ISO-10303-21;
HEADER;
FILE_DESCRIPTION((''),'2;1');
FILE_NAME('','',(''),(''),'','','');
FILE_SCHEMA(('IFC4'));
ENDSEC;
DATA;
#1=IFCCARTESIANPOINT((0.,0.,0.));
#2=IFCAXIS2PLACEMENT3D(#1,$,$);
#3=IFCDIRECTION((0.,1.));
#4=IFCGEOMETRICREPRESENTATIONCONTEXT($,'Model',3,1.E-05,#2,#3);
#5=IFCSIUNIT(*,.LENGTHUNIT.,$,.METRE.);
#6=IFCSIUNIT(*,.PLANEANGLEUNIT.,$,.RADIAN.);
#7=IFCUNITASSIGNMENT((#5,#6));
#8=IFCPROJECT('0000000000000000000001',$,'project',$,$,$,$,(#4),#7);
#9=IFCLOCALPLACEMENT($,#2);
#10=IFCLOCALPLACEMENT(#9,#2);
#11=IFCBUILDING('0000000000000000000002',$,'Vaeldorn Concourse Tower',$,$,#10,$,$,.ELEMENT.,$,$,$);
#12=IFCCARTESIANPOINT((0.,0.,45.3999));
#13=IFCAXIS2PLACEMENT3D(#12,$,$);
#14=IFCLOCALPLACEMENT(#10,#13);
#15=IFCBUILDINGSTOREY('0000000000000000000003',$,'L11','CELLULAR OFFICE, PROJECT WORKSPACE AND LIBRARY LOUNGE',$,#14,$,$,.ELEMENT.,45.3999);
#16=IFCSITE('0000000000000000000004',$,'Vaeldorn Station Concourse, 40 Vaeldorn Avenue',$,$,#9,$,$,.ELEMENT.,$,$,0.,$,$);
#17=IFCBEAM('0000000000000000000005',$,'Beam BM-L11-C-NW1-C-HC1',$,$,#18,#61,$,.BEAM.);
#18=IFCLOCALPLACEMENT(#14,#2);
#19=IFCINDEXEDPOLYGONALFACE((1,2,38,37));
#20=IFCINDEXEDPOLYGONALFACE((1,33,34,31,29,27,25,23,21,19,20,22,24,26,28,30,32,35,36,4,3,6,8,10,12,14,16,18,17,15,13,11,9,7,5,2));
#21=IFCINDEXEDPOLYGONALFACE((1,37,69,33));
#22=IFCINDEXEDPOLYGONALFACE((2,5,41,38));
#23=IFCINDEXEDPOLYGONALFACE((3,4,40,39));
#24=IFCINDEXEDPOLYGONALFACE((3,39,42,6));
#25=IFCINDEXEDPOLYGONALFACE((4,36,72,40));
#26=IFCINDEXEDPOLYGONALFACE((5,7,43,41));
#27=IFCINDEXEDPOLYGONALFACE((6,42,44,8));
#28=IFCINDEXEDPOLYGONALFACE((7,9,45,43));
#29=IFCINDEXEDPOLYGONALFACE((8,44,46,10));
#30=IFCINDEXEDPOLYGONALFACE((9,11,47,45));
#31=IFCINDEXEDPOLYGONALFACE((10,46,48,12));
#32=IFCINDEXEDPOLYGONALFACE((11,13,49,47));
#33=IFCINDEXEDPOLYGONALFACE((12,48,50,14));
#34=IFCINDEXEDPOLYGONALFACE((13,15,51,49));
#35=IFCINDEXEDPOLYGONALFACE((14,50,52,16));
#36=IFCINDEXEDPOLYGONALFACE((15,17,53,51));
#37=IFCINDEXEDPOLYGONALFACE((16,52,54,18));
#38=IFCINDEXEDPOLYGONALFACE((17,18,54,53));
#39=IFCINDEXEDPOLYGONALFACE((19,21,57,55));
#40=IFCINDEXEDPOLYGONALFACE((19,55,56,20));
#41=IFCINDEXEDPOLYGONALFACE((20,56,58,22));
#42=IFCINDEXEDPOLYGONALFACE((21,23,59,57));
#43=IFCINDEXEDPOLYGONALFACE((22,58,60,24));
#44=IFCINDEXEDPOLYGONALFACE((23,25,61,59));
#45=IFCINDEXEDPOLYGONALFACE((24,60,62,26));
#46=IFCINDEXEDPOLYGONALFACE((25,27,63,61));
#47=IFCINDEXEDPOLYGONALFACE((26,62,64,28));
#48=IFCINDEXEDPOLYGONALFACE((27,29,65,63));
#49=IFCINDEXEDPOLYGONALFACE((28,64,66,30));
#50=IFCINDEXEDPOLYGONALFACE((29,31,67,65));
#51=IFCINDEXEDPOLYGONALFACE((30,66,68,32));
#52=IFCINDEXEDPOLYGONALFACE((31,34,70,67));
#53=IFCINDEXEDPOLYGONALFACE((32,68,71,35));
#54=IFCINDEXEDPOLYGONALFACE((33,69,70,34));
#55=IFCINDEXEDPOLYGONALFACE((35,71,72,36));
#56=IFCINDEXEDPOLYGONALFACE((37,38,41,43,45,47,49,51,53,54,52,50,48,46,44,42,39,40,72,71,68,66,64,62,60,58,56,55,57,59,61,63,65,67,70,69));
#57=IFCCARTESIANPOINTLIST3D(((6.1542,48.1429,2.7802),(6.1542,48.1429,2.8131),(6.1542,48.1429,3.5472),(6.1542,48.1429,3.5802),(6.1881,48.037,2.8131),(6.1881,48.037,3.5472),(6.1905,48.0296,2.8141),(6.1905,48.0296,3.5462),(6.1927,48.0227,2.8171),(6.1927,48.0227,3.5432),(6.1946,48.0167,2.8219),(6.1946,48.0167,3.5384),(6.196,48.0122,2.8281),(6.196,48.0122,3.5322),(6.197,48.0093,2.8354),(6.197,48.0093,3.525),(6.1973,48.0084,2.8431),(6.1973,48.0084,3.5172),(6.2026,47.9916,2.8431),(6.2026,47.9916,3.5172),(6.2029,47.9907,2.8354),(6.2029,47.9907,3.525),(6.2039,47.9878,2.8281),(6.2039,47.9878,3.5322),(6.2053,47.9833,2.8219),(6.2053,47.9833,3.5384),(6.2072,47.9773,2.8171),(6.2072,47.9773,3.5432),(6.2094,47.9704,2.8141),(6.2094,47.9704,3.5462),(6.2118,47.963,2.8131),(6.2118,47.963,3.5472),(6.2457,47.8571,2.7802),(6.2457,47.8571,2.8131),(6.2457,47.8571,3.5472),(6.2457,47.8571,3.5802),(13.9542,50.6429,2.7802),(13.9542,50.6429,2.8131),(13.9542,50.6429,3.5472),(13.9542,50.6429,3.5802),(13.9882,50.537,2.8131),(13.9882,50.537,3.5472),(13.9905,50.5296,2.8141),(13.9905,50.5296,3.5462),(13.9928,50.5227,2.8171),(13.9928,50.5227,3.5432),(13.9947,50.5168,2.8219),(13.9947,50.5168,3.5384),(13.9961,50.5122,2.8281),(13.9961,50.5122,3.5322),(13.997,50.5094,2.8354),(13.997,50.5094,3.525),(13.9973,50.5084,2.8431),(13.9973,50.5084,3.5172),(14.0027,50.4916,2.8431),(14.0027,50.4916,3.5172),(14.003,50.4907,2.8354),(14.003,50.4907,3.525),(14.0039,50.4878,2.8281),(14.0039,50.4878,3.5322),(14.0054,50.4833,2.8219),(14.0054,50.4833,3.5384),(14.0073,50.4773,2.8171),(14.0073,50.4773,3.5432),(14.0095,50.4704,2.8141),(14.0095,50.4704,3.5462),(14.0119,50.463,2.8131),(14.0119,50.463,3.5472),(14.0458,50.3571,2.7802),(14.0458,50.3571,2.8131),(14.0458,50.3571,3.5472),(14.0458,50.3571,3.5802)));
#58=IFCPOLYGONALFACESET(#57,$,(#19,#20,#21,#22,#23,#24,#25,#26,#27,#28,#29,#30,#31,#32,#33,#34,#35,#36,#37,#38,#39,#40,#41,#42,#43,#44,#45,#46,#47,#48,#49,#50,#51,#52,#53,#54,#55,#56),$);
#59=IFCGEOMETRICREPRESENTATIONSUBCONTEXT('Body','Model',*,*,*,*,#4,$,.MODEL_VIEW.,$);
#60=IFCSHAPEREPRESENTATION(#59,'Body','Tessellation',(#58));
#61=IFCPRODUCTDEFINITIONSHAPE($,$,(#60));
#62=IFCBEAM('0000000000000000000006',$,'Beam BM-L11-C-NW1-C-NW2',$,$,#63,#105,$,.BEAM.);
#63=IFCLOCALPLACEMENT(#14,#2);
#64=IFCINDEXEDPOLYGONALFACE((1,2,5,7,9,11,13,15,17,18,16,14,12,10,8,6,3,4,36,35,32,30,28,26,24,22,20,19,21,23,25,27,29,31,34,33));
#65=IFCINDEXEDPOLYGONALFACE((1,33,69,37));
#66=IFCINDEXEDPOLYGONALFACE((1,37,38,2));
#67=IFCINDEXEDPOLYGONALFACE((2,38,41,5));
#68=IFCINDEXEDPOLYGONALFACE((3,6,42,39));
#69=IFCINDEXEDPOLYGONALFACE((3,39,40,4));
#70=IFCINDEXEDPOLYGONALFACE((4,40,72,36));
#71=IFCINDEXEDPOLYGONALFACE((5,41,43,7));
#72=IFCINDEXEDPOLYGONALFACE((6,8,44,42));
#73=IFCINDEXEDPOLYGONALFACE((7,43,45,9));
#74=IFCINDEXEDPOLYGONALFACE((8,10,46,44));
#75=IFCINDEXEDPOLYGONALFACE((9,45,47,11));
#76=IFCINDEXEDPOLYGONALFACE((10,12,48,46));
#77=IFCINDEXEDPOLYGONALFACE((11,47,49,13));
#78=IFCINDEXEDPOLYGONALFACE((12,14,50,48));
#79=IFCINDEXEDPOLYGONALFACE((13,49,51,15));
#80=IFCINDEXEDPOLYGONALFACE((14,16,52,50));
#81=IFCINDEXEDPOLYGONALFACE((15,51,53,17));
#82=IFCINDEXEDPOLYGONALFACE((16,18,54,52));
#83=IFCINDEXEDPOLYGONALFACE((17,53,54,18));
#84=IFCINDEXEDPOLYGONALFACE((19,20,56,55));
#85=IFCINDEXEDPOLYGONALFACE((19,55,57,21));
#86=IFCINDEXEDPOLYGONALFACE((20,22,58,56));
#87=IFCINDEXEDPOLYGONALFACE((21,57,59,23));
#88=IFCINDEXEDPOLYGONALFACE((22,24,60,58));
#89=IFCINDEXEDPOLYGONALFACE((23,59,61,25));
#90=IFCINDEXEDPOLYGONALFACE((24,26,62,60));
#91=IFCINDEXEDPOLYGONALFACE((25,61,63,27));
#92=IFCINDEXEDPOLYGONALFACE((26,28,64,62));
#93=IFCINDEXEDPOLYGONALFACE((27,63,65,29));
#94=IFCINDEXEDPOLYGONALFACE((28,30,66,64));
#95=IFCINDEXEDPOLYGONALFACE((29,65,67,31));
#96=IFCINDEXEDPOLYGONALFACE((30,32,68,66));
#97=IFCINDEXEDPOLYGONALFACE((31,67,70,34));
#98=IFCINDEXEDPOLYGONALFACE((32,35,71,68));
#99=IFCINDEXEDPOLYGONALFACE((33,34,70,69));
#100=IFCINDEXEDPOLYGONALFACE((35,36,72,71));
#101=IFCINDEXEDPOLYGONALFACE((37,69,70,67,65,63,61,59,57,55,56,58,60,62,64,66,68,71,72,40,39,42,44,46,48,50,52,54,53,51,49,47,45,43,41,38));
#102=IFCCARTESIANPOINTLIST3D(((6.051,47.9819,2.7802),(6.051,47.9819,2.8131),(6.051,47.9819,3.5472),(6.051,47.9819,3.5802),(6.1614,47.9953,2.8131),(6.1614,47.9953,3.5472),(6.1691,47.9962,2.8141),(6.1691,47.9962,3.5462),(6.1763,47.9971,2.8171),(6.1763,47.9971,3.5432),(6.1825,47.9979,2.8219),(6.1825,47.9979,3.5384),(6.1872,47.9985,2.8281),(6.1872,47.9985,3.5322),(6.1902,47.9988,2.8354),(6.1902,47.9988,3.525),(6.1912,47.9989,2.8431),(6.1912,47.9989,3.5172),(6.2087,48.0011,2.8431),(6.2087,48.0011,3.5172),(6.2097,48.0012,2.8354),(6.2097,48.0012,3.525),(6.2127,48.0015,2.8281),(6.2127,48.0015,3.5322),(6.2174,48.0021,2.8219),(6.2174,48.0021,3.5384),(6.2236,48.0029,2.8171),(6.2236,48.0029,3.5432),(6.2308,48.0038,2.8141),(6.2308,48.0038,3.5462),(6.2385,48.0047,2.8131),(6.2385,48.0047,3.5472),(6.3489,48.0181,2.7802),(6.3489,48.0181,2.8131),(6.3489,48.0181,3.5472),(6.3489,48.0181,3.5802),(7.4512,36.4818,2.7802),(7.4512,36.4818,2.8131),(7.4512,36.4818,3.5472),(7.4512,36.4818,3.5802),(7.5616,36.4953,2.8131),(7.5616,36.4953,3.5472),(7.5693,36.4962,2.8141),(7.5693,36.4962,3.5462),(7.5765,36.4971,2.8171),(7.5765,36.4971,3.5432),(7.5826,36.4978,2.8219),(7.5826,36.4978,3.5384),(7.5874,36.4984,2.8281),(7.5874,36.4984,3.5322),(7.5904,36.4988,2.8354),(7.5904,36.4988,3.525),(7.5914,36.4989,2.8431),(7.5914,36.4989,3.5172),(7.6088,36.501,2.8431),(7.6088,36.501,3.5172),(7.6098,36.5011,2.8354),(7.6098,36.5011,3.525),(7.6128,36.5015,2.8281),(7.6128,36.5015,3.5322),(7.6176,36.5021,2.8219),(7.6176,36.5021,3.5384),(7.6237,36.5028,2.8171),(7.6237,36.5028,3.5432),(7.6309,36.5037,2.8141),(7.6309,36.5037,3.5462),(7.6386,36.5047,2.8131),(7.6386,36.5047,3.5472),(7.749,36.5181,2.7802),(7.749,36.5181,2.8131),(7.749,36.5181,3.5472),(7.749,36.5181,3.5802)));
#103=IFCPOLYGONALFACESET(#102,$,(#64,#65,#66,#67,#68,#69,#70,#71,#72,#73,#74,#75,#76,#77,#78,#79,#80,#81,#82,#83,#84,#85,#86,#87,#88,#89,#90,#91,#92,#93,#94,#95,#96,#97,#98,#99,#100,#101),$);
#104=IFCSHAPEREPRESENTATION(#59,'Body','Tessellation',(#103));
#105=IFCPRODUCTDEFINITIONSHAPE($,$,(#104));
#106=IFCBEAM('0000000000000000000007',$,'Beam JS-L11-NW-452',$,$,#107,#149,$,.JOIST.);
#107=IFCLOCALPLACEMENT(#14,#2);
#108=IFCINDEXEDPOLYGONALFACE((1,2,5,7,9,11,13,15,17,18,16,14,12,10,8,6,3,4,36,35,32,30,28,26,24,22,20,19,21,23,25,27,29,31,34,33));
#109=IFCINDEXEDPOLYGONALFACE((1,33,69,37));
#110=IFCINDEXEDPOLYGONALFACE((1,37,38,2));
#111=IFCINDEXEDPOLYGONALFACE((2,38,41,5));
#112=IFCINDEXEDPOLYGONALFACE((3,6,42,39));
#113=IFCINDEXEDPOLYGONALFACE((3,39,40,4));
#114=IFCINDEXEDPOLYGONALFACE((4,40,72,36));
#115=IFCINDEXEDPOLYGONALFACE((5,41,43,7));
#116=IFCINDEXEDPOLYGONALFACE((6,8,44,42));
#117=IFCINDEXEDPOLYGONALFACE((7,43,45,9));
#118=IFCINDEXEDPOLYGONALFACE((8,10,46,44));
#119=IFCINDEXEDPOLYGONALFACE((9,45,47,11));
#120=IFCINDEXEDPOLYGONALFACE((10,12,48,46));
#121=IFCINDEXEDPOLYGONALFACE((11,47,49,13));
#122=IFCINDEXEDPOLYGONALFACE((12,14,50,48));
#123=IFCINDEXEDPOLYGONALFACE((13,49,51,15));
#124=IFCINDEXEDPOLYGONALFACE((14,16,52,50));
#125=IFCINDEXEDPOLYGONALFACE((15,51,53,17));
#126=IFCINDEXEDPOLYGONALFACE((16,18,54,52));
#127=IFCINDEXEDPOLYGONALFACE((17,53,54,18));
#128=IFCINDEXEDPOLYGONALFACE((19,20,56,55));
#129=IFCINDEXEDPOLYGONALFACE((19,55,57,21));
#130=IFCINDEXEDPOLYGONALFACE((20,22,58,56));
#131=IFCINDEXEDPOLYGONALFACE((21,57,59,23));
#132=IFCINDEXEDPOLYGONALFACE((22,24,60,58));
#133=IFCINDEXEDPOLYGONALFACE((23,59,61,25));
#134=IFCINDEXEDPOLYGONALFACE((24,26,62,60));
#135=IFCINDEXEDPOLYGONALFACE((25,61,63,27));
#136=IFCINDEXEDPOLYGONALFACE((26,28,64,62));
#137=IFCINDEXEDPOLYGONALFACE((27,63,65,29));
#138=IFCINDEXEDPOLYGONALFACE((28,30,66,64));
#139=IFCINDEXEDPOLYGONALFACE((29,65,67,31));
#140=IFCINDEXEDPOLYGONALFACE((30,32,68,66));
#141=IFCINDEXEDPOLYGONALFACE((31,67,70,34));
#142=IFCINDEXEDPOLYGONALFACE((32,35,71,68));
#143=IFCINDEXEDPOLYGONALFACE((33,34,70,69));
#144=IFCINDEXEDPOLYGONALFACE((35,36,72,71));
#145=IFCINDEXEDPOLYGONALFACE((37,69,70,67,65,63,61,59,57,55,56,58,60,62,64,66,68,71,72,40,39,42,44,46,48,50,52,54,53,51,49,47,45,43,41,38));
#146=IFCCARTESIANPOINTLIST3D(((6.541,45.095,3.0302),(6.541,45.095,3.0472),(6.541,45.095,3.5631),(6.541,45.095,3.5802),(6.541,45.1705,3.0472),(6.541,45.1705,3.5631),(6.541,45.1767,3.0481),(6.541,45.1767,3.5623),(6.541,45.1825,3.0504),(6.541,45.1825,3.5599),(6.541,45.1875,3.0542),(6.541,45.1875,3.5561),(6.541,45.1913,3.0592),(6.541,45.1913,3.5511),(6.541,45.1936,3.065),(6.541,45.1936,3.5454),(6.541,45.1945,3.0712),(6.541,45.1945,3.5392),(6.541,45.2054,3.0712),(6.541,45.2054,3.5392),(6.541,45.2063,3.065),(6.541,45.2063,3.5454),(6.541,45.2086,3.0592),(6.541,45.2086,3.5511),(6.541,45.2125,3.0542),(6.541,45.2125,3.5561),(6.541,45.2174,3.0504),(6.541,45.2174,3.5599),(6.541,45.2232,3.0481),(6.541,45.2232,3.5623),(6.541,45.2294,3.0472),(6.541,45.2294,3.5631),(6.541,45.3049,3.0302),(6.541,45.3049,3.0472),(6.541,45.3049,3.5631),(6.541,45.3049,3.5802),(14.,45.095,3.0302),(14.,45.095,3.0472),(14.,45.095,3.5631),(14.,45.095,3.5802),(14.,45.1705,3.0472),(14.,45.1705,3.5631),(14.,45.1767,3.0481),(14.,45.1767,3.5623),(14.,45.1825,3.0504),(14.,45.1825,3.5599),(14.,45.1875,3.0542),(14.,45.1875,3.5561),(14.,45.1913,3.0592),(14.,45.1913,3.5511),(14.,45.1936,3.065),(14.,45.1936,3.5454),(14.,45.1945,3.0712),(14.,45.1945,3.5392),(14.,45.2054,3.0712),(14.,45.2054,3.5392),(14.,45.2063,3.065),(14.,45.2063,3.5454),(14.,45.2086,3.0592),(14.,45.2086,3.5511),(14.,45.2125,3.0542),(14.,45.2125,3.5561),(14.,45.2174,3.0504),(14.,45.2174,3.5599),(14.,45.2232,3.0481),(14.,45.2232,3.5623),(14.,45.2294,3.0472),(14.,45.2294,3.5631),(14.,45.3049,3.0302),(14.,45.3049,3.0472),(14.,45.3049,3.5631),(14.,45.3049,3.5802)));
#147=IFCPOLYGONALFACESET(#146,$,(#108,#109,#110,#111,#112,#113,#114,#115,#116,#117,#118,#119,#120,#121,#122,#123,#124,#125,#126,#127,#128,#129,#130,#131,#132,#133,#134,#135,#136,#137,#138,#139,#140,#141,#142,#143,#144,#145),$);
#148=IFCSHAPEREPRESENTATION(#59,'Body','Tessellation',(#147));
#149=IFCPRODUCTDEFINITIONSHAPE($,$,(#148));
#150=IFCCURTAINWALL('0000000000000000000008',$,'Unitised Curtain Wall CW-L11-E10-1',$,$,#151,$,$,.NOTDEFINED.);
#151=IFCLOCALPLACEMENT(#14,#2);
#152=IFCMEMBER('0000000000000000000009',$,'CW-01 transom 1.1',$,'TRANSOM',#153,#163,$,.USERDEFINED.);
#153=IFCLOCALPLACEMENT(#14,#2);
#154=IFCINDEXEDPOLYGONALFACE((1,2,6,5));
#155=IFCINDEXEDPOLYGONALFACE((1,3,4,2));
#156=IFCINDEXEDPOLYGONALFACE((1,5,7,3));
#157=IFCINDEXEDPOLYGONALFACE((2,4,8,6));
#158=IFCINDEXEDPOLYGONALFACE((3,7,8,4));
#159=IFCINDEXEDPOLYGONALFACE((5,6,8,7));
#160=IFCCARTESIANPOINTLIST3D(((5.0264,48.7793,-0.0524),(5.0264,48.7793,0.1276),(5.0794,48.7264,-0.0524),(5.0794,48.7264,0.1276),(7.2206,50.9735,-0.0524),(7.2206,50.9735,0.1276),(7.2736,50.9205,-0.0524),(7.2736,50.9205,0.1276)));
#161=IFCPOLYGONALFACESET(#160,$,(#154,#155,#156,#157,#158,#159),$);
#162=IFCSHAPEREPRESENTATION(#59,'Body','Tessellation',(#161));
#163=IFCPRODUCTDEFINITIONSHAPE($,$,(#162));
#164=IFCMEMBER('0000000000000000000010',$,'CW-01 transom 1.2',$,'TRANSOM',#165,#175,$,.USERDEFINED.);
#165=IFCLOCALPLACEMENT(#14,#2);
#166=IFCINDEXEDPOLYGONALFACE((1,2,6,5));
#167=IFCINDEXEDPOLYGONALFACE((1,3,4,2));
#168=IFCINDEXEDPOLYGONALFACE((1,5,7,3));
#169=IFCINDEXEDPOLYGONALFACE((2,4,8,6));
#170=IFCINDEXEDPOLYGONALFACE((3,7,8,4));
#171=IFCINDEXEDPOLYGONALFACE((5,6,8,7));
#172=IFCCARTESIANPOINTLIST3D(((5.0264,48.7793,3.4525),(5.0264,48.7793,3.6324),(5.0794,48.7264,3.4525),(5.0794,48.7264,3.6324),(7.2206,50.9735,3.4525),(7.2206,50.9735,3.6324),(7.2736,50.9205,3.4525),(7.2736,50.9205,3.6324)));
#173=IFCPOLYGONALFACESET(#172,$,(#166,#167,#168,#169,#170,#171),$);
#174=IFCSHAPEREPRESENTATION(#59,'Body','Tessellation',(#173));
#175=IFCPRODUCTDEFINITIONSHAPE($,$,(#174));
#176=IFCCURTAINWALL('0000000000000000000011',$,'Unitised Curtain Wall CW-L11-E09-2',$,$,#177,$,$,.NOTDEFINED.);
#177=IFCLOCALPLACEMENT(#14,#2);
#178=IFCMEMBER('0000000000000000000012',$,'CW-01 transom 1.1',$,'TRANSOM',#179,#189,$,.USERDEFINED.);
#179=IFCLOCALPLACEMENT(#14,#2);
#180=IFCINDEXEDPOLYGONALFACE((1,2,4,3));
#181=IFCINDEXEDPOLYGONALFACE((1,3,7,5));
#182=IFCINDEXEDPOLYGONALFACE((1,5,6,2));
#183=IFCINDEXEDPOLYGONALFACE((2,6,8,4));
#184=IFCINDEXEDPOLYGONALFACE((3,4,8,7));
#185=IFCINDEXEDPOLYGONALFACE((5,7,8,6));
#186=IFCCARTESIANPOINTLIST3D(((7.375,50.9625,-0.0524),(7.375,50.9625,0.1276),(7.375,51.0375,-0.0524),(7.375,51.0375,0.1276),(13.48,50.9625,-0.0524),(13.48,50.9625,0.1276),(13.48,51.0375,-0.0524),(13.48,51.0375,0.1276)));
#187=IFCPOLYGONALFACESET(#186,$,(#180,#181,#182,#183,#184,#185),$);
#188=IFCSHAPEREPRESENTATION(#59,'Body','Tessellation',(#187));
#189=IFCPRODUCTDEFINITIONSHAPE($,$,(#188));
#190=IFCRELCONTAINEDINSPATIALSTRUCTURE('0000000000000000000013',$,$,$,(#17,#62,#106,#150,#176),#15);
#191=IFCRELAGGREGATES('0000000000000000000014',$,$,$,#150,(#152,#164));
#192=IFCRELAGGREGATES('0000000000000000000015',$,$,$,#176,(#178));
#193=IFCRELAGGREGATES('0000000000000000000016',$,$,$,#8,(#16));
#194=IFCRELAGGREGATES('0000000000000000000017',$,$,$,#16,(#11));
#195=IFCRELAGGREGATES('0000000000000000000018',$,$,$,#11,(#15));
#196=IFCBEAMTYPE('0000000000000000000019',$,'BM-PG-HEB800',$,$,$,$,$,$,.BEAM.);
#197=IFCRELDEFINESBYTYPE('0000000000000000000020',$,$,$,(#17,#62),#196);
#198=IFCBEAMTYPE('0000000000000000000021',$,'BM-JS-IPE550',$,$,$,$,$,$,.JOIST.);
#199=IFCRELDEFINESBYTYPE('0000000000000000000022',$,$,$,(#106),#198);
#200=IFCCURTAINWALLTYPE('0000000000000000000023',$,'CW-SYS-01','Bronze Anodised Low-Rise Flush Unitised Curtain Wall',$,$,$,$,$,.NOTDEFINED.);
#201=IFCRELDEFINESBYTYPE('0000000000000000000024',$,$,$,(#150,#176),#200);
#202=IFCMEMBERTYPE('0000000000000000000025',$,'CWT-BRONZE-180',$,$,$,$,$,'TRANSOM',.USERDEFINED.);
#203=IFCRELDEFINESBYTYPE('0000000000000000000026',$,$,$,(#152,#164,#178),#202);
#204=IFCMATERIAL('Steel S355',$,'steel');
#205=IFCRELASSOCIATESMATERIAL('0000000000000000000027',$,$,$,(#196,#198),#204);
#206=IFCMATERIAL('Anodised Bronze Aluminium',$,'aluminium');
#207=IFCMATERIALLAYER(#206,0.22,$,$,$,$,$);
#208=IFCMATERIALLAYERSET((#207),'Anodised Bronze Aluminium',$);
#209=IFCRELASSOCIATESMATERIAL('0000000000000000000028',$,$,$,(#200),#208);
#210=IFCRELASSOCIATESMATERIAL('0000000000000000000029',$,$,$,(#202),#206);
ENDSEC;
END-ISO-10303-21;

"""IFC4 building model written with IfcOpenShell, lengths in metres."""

from ifc_helpers import new_model, si_unit, direction, frame, origin, origin_2d, place, context, subcontext, project, spatial, rectangle, i_section, extrude, source, transform, mapped, material, layer, layer_set, material_profile, profile_set, type_object, element, aggregate, save


model = new_model("IFC4")

# Units and contexts
model_context = context("Model", 3, precision=1e-05, world=origin(), true_north=direction((0.0, 1.0)))
body_context = subcontext(model_context, "Body", "Model", "MODEL_VIEW")
ifc_project = project(units=[si_unit("LENGTHUNIT", "METRE"), si_unit("PLANEANGLEUNIT", "RADIAN")], contexts=[model_context])

# Site, building, storey
site_placement = place(None, origin())
site = spatial("IfcSite", under=ifc_project, at=site_placement, Name="Vaeldorn Station Concourse, 40 Vaeldorn Avenue", CompositionType="ELEMENT", RefElevation=0.0)
building_placement = place(site_placement, origin())
building = spatial("IfcBuilding", under=site, at=building_placement, Name="Vaeldorn Concourse Tower", CompositionType="ELEMENT")
storey_placement = place(building_placement, frame((0.0, 0.0, 45.3999)))
storey = spatial("IfcBuildingStorey", under=building, at=storey_placement, Name="L11", Description="CELLULAR OFFICE, PROJECT WORKSPACE AND LIBRARY LOUNGE", CompositionType="ELEMENT", Elevation=45.3999)

# Beams
ifc_material_1 = material(Name="Steel S355", Category="steel")
ifc_material_profile_1 = material_profile(ifc_material_1, i_section(OverallWidth=0.3, OverallDepth=0.8, WebThickness=0.0176, FlangeThickness=0.033, FilletRadius=0.03, at=origin_2d()), Name="HEB 800")
ifc_profile_set_1 = profile_set([ifc_material_profile_1], Name="Steel S355")
beam_type_1 = type_object("IfcBeamType", Name="BM-PG-HEB800", PredefinedType="BEAM", material=ifc_profile_set_1)
shared_shape_1 = source(origin(), body_context, "Body", "SweptSolid", [
    extrude(i_section(OverallWidth=0.3, OverallDepth=0.8, WebThickness=0.0176, FlangeThickness=0.033, FilletRadius=0.03, at=origin_2d()), origin(), (0.0, 0.0, 1.0), 8.1909),
])
beam_1_placement = place(storey_placement, frame((6.2, 48.0, 3.1802), z_axis=(0.952283, 0.305217, 0.0), x_axis=(-0.305217, 0.952283, 0.0)))
element("IfcBeam", 1, at=beam_1_placement, inside=storey, type_object=beam_type_1, Name="Beam BM-L11-C-NW1-C-HC1", PredefinedType="BEAM", context=body_context, shape_type="MappedRepresentation", body=[
    mapped(shared_shape_1, transform((0.0, 0.0, 0.0), scale=1.0)),
])
shared_shape_2 = source(origin(), body_context, "Body", "SweptSolid", [
    extrude(i_section(OverallWidth=0.3, OverallDepth=0.8, WebThickness=0.0176, FlangeThickness=0.033, FilletRadius=0.03, at=origin_2d()), origin(), (0.0, 0.0, 1.0), 11.585),
])
beam_2_placement = place(storey_placement, frame((6.2, 48.0, 3.1802), z_axis=(0.120859, -0.99267, 0.0), x_axis=(0.99267, 0.120859, 0.0)))
element("IfcBeam", 2, at=beam_2_placement, inside=storey, type_object=beam_type_1, Name="Beam BM-L11-C-NW1-C-NW2", PredefinedType="BEAM", context=body_context, shape_type="MappedRepresentation", body=[
    mapped(shared_shape_2, transform((0.0, 0.0, 0.0), scale=1.0)),
])
ifc_material_profile_2 = material_profile(ifc_material_1, i_section(OverallWidth=0.21, OverallDepth=0.55, WebThickness=0.011, FlangeThickness=0.0171, FilletRadius=0.0239, at=origin_2d()), Name="IPE 550")
ifc_profile_set_2 = profile_set([ifc_material_profile_2], Name="Steel S355")
beam_type_2 = type_object("IfcBeamType", Name="BM-JS-IPE550", PredefinedType="JOIST", material=ifc_profile_set_2)
shared_shape_3 = source(origin(), body_context, "Body", "SweptSolid", [
    extrude(i_section(OverallWidth=0.21, OverallDepth=0.55, WebThickness=0.011, FlangeThickness=0.0171, FilletRadius=0.0239, at=origin_2d()), origin(), (0.0, 0.0, 1.0), 7.459),
])
beam_3_placement = place(storey_placement, frame((6.541, 45.2, 3.3052), z_axis=(1.0, 0.0, 0.0), x_axis=(0.0, 1.0, 0.0)))
element("IfcBeam", 3, at=beam_3_placement, inside=storey, type_object=beam_type_2, Name="Beam JS-L11-NW-452", PredefinedType="JOIST", context=body_context, shape_type="MappedRepresentation", body=[
    mapped(shared_shape_3, transform((0.0, 0.0, 0.0), scale=1.0)),
])

# Curtain walls, members
ifc_material_2 = material(Name="Anodised Bronze Aluminium", Category="aluminium")
ifc_layer_1 = layer(ifc_material_2, 0.22)
ifc_layer_set_1 = layer_set([ifc_layer_1], Name="Anodised Bronze Aluminium")
curtain_wall_type = type_object("IfcCurtainWallType", Name="CW-SYS-01", Description="Bronze Anodised Low-Rise Flush Unitised Curtain Wall", PredefinedType="NOTDEFINED", material=ifc_layer_set_1)
curtain_wall_1_placement = place(storey_placement, origin())
curtain_wall_1 = element("IfcCurtainWall", 4, at=curtain_wall_1_placement, inside=storey, type_object=curtain_wall_type, Name="Unitised Curtain Wall CW-L11-E10-1", PredefinedType="NOTDEFINED")
ifc_material_profile_3 = material_profile(ifc_material_2, rectangle(XDim=0.075, YDim=0.1799, at=origin_2d()), Name="CWT 75x180")
ifc_profile_set_3 = profile_set([ifc_material_profile_3], Name="Anodised Bronze Aluminium")
member_type_1 = type_object("IfcMemberType", Name="CWT-BRONZE-180", ElementType="TRANSOM", PredefinedType="USERDEFINED", material=ifc_profile_set_3)
shared_shape_4 = source(origin(), body_context, "Body", "SweptSolid", [
    extrude(rectangle(XDim=0.075, YDim=0.1799, at=origin_2d()), origin(), (0.0, 0.0, 1.0), 3.103),
])
member_1_placement = place(storey_placement, frame((7.2471, 50.947, 0.0376), z_axis=(-0.707107, -0.707107, 0.0), x_axis=(0.707107, -0.707107, 0.0)))
member_1 = element("IfcMember", 5, at=member_1_placement, type_object=member_type_1, Name="CW-01 transom 1.1", ObjectType="TRANSOM", PredefinedType="USERDEFINED", context=body_context, shape_type="MappedRepresentation", body=[
    mapped(shared_shape_4, transform((0.0, 0.0, 0.0), scale=1.0)),
])
member_2_placement = place(storey_placement, frame((7.2471, 50.947, 3.5425), z_axis=(-0.707107, -0.707107, 0.0), x_axis=(0.707107, -0.707107, 0.0)))
member_2 = element("IfcMember", 6, at=member_2_placement, type_object=member_type_1, Name="CW-01 transom 1.2", ObjectType="TRANSOM", PredefinedType="USERDEFINED", context=body_context, shape_type="MappedRepresentation", body=[
    mapped(shared_shape_4, transform((0.0, 0.0, 0.0), scale=1.0)),
])
curtain_wall_2_placement = place(storey_placement, origin())
curtain_wall_2 = element("IfcCurtainWall", 7, at=curtain_wall_2_placement, inside=storey, type_object=curtain_wall_type, Name="Unitised Curtain Wall CW-L11-E09-2", PredefinedType="NOTDEFINED")
shared_shape_5 = source(origin(), body_context, "Body", "SweptSolid", [
    extrude(rectangle(XDim=0.075, YDim=0.1799, at=origin_2d()), origin(), (0.0, 0.0, 1.0), 6.105),
])
member_3_placement = place(storey_placement, frame((13.48, 51.0, 0.0376), z_axis=(-1.0, 0.0, 0.0), x_axis=(0.0, -1.0, 0.0)))
member_3 = element("IfcMember", 8, at=member_3_placement, type_object=member_type_1, Name="CW-01 transom 1.1", ObjectType="TRANSOM", PredefinedType="USERDEFINED", context=body_context, shape_type="MappedRepresentation", body=[
    mapped(shared_shape_5, transform((0.0, 0.0, 0.0), scale=1.0)),
])

aggregate(curtain_wall_1, [member_1, member_2])
aggregate(curtain_wall_2, [member_3])

save(model, "model.ifc")
